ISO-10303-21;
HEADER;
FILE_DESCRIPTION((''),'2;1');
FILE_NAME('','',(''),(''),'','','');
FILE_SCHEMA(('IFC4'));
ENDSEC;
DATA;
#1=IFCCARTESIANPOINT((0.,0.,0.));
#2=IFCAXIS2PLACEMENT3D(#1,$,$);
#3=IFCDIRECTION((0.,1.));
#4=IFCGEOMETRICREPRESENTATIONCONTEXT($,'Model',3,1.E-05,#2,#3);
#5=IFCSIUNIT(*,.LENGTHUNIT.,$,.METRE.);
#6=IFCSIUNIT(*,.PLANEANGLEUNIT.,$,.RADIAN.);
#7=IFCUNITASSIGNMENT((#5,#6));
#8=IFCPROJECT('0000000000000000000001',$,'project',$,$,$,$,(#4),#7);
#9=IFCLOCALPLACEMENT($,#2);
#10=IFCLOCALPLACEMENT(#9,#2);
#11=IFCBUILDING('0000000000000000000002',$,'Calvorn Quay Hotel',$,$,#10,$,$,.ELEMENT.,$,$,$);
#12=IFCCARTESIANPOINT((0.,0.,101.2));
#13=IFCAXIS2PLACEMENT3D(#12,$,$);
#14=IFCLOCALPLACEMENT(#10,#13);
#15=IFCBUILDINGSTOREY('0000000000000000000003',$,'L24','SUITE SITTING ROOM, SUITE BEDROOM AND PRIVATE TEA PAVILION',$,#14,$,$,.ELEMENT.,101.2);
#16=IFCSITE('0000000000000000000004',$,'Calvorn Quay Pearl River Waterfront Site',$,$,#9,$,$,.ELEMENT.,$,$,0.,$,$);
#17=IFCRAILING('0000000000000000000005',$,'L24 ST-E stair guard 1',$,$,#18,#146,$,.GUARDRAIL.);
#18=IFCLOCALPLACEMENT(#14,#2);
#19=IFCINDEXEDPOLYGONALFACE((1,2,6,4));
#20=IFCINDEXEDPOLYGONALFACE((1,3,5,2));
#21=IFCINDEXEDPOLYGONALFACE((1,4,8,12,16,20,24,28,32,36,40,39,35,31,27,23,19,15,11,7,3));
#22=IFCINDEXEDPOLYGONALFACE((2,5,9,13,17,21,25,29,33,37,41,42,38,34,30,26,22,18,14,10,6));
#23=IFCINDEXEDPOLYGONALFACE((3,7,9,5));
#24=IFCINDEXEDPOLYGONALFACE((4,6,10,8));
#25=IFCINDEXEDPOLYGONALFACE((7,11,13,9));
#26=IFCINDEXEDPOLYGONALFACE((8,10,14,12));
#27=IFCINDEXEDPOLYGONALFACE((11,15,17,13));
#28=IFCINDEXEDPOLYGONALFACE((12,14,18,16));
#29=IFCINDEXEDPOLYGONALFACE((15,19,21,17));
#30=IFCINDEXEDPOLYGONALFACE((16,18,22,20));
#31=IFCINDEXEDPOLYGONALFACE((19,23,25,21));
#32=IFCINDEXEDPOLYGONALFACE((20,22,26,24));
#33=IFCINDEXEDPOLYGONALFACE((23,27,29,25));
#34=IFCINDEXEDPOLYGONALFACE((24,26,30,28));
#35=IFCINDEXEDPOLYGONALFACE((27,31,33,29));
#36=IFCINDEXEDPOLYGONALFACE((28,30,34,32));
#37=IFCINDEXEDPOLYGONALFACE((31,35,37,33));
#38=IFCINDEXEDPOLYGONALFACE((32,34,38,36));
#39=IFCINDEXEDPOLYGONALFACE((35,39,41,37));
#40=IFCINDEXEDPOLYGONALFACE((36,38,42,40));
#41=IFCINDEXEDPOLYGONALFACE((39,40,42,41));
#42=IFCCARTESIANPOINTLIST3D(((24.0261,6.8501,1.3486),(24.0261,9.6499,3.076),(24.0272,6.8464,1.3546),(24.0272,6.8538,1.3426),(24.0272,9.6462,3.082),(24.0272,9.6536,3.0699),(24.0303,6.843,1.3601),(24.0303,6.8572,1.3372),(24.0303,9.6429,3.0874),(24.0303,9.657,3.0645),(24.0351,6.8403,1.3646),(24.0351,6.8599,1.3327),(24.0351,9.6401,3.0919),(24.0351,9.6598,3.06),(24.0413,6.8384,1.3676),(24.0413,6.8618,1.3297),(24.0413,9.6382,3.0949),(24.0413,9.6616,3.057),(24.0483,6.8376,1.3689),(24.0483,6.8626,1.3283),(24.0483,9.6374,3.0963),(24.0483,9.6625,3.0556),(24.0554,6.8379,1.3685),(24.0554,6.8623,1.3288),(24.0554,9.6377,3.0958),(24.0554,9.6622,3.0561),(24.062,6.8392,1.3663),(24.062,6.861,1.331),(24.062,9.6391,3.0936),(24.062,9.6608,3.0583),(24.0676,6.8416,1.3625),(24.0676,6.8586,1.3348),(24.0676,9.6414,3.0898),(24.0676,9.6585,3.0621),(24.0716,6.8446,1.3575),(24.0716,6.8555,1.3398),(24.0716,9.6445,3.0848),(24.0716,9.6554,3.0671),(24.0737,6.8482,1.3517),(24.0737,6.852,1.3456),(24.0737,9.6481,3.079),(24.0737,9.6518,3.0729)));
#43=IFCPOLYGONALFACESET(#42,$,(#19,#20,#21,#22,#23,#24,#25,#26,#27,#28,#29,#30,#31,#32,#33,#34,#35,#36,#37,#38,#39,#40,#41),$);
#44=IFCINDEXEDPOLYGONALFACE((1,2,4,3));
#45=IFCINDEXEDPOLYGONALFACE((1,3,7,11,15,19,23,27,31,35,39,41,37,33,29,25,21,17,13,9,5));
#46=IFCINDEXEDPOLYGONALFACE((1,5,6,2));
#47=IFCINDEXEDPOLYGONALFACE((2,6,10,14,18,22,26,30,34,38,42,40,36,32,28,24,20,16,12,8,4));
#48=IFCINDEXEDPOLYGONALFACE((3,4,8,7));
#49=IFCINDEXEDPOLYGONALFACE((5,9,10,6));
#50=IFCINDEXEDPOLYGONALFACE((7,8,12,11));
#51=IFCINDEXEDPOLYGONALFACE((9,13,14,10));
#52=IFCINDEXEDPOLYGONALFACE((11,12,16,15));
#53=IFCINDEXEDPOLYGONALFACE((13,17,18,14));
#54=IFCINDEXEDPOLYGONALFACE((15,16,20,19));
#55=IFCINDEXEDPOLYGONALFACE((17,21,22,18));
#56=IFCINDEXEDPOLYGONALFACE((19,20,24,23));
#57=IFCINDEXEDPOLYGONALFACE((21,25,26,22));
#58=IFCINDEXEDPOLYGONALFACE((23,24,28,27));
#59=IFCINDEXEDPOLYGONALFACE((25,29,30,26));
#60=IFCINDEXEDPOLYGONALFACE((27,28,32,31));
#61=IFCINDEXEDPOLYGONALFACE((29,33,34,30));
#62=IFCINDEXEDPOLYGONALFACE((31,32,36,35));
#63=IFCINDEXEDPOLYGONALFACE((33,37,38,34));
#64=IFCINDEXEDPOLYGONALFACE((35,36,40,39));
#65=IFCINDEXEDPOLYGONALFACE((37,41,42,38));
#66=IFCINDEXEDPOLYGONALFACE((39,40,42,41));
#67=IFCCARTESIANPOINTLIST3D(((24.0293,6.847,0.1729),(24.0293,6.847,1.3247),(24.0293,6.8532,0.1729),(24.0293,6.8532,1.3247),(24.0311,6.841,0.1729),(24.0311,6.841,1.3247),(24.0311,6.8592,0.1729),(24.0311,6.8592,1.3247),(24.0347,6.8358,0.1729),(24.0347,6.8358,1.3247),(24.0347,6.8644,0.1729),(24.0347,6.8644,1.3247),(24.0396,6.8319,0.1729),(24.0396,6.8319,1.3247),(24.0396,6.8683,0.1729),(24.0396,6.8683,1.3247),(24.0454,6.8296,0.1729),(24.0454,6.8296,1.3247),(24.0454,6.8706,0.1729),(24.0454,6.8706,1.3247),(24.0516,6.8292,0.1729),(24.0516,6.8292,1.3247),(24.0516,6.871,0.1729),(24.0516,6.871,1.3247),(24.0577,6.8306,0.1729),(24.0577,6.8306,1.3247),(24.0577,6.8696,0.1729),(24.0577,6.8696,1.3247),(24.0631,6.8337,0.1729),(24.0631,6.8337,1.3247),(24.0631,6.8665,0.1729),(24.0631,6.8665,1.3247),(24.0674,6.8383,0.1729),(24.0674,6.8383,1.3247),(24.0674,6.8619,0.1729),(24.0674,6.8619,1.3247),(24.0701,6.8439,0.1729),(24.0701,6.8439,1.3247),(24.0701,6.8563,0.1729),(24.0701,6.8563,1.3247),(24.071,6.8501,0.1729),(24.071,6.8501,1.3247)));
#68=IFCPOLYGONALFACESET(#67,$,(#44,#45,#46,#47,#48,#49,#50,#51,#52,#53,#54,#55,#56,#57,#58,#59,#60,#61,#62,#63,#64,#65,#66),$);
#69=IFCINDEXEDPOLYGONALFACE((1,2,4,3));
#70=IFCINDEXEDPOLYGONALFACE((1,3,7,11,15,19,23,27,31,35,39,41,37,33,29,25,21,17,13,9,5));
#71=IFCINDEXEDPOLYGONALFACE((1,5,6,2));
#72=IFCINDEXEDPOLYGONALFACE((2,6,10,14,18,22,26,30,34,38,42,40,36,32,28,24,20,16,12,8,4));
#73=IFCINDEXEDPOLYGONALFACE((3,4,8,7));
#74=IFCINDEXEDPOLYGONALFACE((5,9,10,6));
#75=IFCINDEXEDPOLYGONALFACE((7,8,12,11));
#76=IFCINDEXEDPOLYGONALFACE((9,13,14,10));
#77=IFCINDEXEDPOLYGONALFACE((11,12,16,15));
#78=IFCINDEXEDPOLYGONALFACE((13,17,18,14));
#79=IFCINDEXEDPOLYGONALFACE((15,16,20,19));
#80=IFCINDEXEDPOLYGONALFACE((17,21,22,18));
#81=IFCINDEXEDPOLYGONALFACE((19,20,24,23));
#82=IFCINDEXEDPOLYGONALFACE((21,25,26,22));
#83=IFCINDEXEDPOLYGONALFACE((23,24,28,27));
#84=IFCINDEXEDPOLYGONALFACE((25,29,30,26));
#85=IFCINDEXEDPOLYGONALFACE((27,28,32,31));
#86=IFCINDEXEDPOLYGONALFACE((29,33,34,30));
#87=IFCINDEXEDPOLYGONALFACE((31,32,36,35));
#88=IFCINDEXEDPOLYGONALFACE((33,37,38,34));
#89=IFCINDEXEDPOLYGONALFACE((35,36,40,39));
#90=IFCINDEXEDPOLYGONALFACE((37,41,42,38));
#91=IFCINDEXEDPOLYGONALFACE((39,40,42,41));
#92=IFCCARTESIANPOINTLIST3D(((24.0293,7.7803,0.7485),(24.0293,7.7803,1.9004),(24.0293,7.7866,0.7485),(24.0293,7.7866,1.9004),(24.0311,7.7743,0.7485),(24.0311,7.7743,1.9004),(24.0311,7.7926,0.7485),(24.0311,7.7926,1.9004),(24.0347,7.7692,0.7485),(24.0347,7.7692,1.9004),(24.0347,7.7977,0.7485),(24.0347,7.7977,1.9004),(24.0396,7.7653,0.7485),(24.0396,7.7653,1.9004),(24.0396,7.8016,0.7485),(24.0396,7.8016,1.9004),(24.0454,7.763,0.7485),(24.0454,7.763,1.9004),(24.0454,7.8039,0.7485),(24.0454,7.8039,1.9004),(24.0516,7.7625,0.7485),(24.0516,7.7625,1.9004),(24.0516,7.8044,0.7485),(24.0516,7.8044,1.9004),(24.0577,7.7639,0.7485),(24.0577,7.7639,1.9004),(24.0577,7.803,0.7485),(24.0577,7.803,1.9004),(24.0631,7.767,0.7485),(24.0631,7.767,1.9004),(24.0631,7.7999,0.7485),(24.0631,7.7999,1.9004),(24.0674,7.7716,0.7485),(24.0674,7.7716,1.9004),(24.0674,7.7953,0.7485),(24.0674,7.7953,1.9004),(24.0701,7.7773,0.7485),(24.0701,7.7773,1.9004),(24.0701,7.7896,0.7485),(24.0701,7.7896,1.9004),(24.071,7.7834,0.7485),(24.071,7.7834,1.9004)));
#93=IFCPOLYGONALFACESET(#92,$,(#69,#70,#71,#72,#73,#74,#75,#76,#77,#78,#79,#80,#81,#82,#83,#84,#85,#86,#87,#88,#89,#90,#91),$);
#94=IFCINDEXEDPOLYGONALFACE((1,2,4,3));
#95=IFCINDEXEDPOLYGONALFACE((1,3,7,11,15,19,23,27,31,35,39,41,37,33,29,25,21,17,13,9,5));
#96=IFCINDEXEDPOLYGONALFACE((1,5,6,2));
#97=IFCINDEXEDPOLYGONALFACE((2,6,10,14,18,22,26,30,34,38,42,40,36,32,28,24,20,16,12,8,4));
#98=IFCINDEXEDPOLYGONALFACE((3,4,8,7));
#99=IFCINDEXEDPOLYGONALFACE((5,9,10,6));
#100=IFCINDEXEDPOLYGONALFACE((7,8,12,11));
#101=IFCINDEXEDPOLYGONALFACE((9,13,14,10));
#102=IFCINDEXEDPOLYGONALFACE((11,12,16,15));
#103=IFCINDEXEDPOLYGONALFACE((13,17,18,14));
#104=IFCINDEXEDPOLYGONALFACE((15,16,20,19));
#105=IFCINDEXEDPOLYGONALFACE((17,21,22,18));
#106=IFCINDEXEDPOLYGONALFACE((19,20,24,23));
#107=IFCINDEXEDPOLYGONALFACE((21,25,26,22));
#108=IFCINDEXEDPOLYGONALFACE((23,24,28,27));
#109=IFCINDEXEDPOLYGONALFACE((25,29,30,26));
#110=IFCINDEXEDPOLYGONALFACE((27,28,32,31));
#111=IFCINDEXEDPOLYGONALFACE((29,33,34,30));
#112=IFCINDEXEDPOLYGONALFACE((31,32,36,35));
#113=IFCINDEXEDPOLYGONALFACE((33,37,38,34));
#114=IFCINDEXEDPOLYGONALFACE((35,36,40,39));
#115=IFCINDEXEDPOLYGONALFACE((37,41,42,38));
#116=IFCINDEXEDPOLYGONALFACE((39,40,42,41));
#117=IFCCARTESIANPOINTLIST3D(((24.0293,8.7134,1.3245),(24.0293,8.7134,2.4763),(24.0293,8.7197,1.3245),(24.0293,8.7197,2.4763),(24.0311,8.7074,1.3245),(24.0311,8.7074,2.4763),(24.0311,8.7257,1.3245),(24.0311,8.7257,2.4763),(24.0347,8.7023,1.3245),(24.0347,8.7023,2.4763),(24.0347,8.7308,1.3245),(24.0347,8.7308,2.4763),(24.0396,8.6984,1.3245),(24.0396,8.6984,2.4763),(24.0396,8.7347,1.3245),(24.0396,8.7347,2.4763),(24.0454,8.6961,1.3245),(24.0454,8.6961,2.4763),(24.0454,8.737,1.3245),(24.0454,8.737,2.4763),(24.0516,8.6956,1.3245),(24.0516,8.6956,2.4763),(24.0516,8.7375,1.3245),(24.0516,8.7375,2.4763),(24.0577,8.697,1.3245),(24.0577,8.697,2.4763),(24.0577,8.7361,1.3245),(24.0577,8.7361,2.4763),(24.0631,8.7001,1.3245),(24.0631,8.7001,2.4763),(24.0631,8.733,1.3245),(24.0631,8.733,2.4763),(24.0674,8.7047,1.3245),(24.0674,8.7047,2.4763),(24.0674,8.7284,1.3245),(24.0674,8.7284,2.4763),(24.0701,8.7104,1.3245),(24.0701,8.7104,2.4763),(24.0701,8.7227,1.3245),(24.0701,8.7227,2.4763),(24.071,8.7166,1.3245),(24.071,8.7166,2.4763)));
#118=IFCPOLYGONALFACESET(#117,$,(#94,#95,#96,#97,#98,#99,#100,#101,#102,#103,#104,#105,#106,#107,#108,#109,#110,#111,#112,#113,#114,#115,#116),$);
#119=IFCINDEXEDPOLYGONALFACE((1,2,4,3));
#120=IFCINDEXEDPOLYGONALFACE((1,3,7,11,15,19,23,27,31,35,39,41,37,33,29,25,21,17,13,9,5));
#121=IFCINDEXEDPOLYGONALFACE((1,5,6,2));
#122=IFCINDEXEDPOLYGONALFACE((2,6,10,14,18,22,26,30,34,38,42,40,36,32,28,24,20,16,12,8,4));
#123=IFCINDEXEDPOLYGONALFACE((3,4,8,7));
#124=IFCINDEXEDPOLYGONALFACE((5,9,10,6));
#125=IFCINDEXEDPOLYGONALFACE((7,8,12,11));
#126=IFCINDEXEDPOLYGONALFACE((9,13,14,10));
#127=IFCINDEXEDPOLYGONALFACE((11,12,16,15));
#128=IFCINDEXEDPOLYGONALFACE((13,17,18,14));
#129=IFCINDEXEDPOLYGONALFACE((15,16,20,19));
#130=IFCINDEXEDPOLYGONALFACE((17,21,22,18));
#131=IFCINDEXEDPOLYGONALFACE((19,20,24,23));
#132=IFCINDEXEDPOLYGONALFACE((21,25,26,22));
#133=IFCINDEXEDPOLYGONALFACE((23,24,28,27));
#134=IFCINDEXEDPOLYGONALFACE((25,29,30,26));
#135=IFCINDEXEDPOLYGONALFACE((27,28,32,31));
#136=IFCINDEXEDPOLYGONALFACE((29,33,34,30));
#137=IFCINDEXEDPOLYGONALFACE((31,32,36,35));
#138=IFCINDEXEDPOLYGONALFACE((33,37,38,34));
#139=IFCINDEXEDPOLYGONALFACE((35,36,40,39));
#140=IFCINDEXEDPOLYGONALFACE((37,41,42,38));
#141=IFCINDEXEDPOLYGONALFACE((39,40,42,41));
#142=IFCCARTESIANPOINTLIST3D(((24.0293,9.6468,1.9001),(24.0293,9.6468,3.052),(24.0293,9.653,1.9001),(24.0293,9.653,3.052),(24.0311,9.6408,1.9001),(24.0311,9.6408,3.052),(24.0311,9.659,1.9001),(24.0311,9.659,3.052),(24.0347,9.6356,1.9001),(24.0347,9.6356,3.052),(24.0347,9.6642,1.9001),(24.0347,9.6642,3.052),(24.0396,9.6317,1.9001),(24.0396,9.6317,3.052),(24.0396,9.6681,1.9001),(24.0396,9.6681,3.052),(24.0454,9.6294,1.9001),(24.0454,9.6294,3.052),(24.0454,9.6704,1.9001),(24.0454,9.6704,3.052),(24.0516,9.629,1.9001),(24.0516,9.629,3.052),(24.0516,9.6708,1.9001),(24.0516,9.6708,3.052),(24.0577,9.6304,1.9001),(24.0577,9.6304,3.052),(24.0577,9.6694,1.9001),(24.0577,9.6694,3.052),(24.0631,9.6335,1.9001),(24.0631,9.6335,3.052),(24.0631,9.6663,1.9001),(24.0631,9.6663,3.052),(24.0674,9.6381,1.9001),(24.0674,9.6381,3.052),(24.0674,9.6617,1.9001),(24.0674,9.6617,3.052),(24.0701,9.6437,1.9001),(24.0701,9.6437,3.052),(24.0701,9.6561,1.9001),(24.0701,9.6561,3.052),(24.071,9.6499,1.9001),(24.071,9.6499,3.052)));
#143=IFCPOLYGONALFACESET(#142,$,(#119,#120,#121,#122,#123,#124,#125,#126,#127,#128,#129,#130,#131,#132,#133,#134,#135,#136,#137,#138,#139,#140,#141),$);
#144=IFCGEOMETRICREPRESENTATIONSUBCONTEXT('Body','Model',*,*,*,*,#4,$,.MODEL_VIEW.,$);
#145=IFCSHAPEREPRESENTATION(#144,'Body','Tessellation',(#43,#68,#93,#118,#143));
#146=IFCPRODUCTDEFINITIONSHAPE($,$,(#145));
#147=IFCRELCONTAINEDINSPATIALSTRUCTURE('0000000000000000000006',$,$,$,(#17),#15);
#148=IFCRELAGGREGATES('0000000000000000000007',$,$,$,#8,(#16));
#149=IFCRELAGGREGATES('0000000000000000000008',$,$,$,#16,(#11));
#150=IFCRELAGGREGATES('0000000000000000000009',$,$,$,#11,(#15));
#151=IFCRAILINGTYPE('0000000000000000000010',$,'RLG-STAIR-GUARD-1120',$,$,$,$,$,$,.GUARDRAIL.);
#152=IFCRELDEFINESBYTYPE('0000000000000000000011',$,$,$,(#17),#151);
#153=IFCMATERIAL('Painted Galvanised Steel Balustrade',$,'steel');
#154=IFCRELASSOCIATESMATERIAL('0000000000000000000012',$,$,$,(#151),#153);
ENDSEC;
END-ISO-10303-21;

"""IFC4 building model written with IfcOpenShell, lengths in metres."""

from ifc_helpers import new_model, si_unit, direction, frame, origin, origin_2d, place, context, subcontext, project, spatial, circle, extrude, material, type_object, element, save


model = new_model("IFC4")

# Units and contexts
model_context = context("Model", 3, precision=1e-05, world=origin(), true_north=direction((0.0, 1.0)))
body_context = subcontext(model_context, "Body", "Model", "MODEL_VIEW")
ifc_project = project(units=[si_unit("LENGTHUNIT", "METRE"), si_unit("PLANEANGLEUNIT", "RADIAN")], contexts=[model_context])

# Site, building, storey
site_placement = place(None, origin())
site = spatial("IfcSite", under=ifc_project, at=site_placement, Name="Calvorn Quay Pearl River Waterfront Site", CompositionType="ELEMENT", RefElevation=0.0)
building_placement = place(site_placement, origin())
building = spatial("IfcBuilding", under=site, at=building_placement, Name="Calvorn Quay Hotel", CompositionType="ELEMENT")
storey_placement = place(building_placement, frame((0.0, 0.0, 101.2)))
storey = spatial("IfcBuildingStorey", under=building, at=storey_placement, Name="L24", Description="SUITE SITTING ROOM, SUITE BEDROOM AND PRIVATE TEA PAVILION", CompositionType="ELEMENT", Elevation=101.2)

# Railing
ifc_material_1 = material(Name="Painted Galvanised Steel Balustrade", Category="steel")
railing_type_1 = type_object("IfcRailingType", Name="RLG-STAIR-GUARD-1120", PredefinedType="GUARDRAIL", material=ifc_material_1)
railing_1_placement = place(storey_placement, frame((24.05, 6.8501, 0.1729)))
element("IfcRailing", 1, at=railing_1_placement, inside=storey, type_object=railing_type_1, Name="L24 ST-E stair guard 1", PredefinedType="GUARDRAIL", context=body_context, shape_type="SweptSolid", body=[
    extrude(circle(Radius=0.0239, at=origin_2d()), frame((0.0, 0.0, 1.1758), z_axis=(0.0, 0.851069, 0.525054), x_axis=(-1.0, 0.0, 0.0)), (0.0, 0.0, 1.0), 3.2898),
    extrude(circle(Radius=0.021, at=origin_2d()), origin(), (0.0, 0.0, 1.0), 1.1519),
    extrude(circle(Radius=0.021, at=origin_2d()), frame((0.0, 0.9333, 0.5757)), (0.0, 0.0, 1.0), 1.1519),
    extrude(circle(Radius=0.021, at=origin_2d()), frame((0.0, 1.8665, 1.1516)), (0.0, 0.0, 1.0), 1.1519),
    extrude(circle(Radius=0.021, at=origin_2d()), frame((0.0, 2.7998, 1.7273)), (0.0, 0.0, 1.0), 1.1519),
])

save(model, "model.ifc")
